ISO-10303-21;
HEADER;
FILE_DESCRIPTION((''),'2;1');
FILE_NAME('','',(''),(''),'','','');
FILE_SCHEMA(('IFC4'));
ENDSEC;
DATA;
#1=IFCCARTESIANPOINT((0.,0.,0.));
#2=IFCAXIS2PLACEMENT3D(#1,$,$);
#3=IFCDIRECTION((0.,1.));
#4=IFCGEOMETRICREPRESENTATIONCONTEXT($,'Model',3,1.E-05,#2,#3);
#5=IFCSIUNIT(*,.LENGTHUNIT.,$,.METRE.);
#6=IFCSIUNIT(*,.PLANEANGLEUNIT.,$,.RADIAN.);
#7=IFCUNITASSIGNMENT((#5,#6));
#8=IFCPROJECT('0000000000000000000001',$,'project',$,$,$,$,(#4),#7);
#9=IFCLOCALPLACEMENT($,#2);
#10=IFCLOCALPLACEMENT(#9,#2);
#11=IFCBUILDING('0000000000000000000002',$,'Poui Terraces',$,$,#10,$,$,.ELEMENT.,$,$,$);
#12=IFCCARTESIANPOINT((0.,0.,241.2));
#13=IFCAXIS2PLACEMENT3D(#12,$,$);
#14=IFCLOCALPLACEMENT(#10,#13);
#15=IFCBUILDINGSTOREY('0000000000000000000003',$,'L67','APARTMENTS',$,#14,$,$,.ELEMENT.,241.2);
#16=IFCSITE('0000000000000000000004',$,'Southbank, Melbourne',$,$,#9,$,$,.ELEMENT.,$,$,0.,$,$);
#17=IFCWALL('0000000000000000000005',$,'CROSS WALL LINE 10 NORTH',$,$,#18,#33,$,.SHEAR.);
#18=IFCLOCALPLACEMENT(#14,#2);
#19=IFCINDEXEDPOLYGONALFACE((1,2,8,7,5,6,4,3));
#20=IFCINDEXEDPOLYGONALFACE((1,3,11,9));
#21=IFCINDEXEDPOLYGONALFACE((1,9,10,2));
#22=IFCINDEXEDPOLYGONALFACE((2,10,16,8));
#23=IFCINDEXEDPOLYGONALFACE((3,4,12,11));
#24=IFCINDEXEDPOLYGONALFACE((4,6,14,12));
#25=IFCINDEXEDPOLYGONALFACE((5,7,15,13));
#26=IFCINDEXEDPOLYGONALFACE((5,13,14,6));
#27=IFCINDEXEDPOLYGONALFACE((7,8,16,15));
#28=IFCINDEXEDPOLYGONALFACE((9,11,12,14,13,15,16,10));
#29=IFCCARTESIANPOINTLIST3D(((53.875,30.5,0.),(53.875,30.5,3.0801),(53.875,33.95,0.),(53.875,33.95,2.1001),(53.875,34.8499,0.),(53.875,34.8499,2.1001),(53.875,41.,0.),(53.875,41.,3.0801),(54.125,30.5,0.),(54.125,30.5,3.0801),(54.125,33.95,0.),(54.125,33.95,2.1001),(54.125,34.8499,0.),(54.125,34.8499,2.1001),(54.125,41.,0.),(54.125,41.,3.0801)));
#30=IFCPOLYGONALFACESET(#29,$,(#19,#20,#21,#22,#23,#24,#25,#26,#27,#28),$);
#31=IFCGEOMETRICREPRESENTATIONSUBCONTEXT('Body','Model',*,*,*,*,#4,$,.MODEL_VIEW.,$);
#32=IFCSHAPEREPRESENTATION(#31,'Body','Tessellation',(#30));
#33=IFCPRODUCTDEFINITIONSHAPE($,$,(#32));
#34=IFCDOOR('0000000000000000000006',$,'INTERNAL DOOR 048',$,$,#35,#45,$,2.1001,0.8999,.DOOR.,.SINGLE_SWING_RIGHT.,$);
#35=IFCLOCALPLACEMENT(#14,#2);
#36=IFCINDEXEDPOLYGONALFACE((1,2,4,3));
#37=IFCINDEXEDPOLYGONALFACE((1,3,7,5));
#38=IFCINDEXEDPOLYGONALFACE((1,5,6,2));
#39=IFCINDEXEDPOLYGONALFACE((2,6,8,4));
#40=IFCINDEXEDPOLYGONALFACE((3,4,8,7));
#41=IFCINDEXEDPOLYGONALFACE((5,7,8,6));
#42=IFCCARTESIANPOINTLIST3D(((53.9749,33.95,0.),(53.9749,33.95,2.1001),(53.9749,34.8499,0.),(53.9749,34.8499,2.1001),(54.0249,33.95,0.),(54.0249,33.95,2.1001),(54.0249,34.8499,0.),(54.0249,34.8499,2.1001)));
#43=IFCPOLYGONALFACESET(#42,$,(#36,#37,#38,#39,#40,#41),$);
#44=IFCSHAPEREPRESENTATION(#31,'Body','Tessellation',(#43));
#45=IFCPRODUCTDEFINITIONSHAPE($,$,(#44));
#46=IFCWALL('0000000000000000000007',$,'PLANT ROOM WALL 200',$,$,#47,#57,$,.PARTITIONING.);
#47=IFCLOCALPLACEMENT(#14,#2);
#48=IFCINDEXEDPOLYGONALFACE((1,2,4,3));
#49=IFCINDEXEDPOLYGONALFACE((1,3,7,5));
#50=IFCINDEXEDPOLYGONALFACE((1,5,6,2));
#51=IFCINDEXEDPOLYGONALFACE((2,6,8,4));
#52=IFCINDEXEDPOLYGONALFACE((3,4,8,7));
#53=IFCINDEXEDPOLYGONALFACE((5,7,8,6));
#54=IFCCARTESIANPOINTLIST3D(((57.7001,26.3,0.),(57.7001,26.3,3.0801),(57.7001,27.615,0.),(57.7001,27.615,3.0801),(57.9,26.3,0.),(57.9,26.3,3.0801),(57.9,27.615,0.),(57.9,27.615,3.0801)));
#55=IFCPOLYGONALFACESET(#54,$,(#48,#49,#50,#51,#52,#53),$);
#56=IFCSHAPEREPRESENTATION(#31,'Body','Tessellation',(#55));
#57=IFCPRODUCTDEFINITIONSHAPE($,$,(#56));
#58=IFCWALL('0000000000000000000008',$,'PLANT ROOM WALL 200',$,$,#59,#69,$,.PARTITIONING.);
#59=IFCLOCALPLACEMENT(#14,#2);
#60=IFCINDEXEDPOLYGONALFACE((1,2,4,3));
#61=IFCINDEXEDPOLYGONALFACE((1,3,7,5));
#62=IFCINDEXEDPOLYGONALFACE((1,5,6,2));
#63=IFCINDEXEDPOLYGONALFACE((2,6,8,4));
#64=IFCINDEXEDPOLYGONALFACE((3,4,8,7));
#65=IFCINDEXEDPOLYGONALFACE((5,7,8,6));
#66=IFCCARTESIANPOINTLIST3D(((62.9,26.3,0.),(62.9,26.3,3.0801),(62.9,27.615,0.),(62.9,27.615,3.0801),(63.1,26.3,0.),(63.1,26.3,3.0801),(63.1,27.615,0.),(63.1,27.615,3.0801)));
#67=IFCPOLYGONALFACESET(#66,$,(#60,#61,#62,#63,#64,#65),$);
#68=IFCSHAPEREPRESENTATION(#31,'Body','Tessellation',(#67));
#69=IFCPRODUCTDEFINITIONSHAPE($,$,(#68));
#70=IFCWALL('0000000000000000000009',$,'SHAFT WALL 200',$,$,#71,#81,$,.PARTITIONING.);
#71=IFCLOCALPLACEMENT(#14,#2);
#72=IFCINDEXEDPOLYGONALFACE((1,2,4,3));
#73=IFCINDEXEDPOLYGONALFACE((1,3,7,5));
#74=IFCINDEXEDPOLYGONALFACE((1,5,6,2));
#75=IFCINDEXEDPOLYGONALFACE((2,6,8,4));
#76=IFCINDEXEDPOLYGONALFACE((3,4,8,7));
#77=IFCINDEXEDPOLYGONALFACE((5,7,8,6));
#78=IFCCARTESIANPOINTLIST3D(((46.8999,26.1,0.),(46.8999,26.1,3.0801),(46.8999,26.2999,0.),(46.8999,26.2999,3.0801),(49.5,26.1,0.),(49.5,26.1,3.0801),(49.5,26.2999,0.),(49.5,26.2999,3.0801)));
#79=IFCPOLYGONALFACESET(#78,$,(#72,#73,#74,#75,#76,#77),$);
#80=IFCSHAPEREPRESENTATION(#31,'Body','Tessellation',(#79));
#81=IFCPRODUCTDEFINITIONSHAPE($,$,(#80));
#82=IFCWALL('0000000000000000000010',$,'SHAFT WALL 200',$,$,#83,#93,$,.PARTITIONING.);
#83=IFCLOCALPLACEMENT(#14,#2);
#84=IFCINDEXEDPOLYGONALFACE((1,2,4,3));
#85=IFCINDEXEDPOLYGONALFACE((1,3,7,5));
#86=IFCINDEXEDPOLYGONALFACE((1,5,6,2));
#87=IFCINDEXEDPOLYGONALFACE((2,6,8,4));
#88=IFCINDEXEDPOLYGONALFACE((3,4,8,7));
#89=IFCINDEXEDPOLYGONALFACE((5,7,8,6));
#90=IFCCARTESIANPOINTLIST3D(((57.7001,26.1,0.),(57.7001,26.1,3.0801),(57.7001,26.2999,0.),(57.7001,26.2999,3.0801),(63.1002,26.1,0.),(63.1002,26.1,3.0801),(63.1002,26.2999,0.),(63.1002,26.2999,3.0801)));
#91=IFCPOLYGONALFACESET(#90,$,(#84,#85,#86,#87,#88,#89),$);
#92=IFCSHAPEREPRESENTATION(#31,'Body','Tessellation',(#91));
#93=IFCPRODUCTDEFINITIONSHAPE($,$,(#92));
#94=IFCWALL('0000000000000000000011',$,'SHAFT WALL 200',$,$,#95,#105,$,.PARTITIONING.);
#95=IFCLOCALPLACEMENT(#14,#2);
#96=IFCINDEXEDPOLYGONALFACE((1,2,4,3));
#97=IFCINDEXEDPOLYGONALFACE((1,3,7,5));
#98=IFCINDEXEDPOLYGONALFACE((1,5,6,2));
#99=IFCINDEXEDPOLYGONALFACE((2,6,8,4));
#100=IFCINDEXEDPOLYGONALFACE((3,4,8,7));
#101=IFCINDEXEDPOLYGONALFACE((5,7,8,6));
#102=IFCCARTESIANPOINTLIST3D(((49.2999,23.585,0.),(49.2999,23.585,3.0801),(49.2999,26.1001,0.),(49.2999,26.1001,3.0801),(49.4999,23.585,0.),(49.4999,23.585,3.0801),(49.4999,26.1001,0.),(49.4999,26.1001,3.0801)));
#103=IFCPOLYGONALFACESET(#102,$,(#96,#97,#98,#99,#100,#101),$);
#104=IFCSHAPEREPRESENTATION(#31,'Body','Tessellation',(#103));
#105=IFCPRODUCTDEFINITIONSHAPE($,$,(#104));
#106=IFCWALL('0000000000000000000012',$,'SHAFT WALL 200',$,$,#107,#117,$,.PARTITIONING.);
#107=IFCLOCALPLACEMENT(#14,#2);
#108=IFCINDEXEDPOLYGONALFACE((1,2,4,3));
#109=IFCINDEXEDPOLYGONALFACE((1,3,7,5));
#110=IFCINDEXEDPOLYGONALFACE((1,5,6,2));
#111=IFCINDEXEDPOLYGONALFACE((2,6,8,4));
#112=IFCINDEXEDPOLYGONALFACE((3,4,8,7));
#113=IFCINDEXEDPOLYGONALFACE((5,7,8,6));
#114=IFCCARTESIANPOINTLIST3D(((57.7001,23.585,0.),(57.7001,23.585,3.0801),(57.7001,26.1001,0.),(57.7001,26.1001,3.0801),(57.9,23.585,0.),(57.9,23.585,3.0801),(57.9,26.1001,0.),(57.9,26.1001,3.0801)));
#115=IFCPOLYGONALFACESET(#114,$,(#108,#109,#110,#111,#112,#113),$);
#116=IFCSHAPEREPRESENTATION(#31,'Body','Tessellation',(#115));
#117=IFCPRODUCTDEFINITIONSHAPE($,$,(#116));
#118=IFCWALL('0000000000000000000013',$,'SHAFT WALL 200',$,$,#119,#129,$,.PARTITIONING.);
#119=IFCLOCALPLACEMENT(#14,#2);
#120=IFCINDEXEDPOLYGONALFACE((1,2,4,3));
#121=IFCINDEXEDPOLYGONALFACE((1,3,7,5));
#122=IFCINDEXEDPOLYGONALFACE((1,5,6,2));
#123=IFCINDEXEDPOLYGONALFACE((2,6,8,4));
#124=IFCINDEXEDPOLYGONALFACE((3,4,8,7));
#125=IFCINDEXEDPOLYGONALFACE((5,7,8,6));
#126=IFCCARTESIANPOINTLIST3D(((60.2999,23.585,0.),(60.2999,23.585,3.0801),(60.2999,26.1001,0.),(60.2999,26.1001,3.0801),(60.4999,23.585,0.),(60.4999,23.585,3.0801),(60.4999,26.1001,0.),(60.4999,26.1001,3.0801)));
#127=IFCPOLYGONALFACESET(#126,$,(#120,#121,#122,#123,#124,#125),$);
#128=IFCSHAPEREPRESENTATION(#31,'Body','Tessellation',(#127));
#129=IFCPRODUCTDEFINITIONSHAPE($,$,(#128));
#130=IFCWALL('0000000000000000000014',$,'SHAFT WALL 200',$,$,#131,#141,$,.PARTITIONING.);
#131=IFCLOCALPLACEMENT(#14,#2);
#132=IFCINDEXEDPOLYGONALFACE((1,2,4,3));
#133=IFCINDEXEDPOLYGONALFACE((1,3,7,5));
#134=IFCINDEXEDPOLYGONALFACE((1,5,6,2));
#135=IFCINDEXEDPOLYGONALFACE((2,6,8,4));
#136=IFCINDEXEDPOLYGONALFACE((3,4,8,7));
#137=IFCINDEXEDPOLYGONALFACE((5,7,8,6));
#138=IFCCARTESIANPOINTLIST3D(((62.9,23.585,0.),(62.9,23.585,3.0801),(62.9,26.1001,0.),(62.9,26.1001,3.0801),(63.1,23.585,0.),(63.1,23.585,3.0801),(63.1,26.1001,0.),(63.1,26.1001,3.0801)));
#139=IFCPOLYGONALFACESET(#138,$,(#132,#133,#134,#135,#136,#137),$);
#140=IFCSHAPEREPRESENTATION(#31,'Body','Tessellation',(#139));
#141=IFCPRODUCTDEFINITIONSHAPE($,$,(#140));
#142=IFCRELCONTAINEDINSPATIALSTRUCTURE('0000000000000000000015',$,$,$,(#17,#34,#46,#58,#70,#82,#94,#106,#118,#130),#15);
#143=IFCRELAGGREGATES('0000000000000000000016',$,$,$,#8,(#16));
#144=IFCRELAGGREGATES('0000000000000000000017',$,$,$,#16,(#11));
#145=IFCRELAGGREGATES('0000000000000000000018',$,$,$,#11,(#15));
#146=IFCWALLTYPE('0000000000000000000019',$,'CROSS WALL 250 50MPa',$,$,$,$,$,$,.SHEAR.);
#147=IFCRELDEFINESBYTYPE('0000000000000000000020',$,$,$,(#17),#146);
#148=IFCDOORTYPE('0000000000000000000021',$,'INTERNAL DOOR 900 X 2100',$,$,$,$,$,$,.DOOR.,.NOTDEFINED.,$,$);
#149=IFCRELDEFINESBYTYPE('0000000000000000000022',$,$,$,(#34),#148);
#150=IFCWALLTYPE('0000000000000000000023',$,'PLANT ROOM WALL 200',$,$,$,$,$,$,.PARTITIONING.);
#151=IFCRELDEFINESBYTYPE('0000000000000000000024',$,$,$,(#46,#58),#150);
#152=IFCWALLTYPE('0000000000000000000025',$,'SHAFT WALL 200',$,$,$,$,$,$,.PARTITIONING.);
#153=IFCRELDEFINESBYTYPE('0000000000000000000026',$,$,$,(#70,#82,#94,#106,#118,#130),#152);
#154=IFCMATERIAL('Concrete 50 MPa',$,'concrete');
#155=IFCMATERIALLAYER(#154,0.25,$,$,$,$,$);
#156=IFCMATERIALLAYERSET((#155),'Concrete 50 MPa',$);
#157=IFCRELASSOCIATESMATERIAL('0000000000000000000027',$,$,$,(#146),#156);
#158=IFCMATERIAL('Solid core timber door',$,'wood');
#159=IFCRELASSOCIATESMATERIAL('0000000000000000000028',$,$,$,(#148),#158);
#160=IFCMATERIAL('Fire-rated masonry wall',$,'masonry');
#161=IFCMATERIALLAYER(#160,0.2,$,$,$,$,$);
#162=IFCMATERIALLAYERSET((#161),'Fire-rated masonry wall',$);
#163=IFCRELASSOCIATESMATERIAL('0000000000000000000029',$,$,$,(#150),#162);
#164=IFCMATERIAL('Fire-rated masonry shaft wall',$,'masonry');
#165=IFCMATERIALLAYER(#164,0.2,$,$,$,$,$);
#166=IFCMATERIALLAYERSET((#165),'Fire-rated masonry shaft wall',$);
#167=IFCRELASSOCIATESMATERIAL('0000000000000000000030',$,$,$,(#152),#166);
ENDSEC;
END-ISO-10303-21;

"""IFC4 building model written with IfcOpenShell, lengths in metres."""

from ifc_helpers import new_model, si_unit, direction, frame, frame_2d, origin, place, context, subcontext, project, spatial, rectangle, extrude, material, layer, layer_set, type_object, element, fill, save


model = new_model("IFC4")

# Units and contexts
model_context = context("Model", 3, precision=1e-05, world=origin(), true_north=direction((0.0, 1.0)))
body_context = subcontext(model_context, "Body", "Model", "MODEL_VIEW")
ifc_project = project(units=[si_unit("LENGTHUNIT", "METRE"), si_unit("PLANEANGLEUNIT", "RADIAN")], contexts=[model_context])

# Site, building, storey
site_placement = place(None, origin())
site = spatial("IfcSite", under=ifc_project, at=site_placement, Name="Southbank, Melbourne", CompositionType="ELEMENT", RefElevation=0.0)
building_placement = place(site_placement, origin())
building = spatial("IfcBuilding", under=site, at=building_placement, Name="Poui Terraces", CompositionType="ELEMENT")
storey_placement = place(building_placement, frame((0.0, 0.0, 241.2)))
storey = spatial("IfcBuildingStorey", under=building, at=storey_placement, Name="L67", Description="APARTMENTS", CompositionType="ELEMENT", Elevation=241.2)

# Shared definitions
ifc_material_1 = material(Name="Concrete 50 MPa", Category="concrete")

# Wall, opening, door
ifc_layer_1 = layer(ifc_material_1, 0.25)
ifc_layer_set_1 = layer_set([ifc_layer_1], Name="Concrete 50 MPa")
wall_type_1 = type_object("IfcWallType", Name="CROSS WALL 250 50MPa", PredefinedType="SHEAR", material=ifc_layer_set_1)
ifc_material_2 = material(Name="Solid core timber door", Category="wood")
door_type_1 = type_object("IfcDoorType", Name="INTERNAL DOOR 900 X 2100", OperationType="NOTDEFINED", PredefinedType="DOOR", material=ifc_material_2)
wall_1_placement = place(storey_placement, frame((54.0, 30.5, 0.0), z_axis=(0.0, 0.0, 1.0), x_axis=(0.0, 1.0, 0.0)))
wall_1 = element("IfcWall", 1, at=wall_1_placement, inside=storey, type_object=wall_type_1, Name="CROSS WALL LINE 10 NORTH", PredefinedType="SHEAR", context=body_context, shape_type="SweptSolid", body=[
    extrude(rectangle(XDim=10.5, YDim=0.25, at=frame_2d((5.25, 0.0))), origin(), (0.0, 0.0, 1.0), 3.0801),
])
opening_1_placement = place(wall_1_placement, frame((3.45, 0.0, 0.0)))
opening_1 = element("IfcOpeningElement", 2, at=opening_1_placement, cuts=wall_1, PredefinedType="OPENING", context=body_context, shape_type="SweptSolid", body=[
    extrude(rectangle(XDim=0.8999, YDim=2.1001, at=frame_2d((0.45, 1.05))), frame((0.0, 0.135, 0.0), z_axis=(0.0, -1.0, 0.0), x_axis=(1.0, 0.0, 0.0)), (0.0, 0.0, 1.0), 0.27),
])
door_1_placement = place(opening_1_placement, frame((0.8999, 0.0, 0.0), z_axis=(0.0, 0.0, 1.0), x_axis=(-1.0, 0.0, 0.0)))
door_1 = element("IfcDoor", 3, at=door_1_placement, inside=storey, type_object=door_type_1, Name="INTERNAL DOOR 048", OperationType="SINGLE_SWING_RIGHT", OverallHeight=2.1001, OverallWidth=0.8999, PredefinedType="DOOR", context=body_context, shape_type="SweptSolid", body=[
    extrude(rectangle(XDim=0.8999, YDim=2.1001, at=frame_2d((0.45, 1.05))), frame((0.0, 0.0249, 0.0), z_axis=(0.0, -1.0, 0.0), x_axis=(1.0, 0.0, 0.0)), (0.0, 0.0, 1.0), 0.05),
])
fill(opening_1, door_1)

# Walls
ifc_material_3 = material(Name="Fire-rated masonry wall", Category="masonry")
ifc_layer_2 = layer(ifc_material_3, 0.2)
ifc_layer_set_2 = layer_set([ifc_layer_2], Name="Fire-rated masonry wall")
wall_type_2 = type_object("IfcWallType", Name="PLANT ROOM WALL 200", PredefinedType="PARTITIONING", material=ifc_layer_set_2)
for number, where, z_axis, x_axis, name in (
    (4, (57.8, 26.3, 0.0), (0.0, 0.0, 1.0), (0.0, 1.0, 0.0), "PLANT ROOM WALL 200"),
    (5, (63.0, 26.3, 0.0), (0.0, 0.0, 1.0), (0.0, 1.0, 0.0), "PLANT ROOM WALL 200"),
):
    element("IfcWall", number, at=place(storey_placement, frame(where, z_axis=z_axis, x_axis=x_axis)), inside=storey, type_object=wall_type_2, Name=name, PredefinedType="PARTITIONING", context=body_context, shape_type="SweptSolid", body=[
        extrude(rectangle(XDim=1.3149, YDim=0.2, at=frame_2d((0.6575, 0.0))), origin(), (0.0, 0.0, 1.0), 3.0801),
    ])
ifc_material_4 = material(Name="Fire-rated masonry shaft wall", Category="masonry")
ifc_layer_3 = layer(ifc_material_4, 0.2)
ifc_layer_set_3 = layer_set([ifc_layer_3], Name="Fire-rated masonry shaft wall")
wall_type_3 = type_object("IfcWallType", Name="SHAFT WALL 200", PredefinedType="PARTITIONING", material=ifc_layer_set_3)
wall_2_placement = place(storey_placement, frame((46.8999, 26.2, 0.0), z_axis=(0.0, 0.0, 1.0), x_axis=(1.0, 0.0, 0.0)))
element("IfcWall", 6, at=wall_2_placement, inside=storey, type_object=wall_type_3, Name="SHAFT WALL 200", PredefinedType="PARTITIONING", context=body_context, shape_type="SweptSolid", body=[
    extrude(rectangle(XDim=2.6001, YDim=0.2, at=frame_2d((1.3, 0.0))), origin(), (0.0, 0.0, 1.0), 3.0801),
])
wall_3_placement = place(storey_placement, frame((57.7, 26.2, 0.0), z_axis=(0.0, 0.0, 1.0), x_axis=(1.0, 0.0, 0.0)))
element("IfcWall", 7, at=wall_3_placement, inside=storey, type_object=wall_type_3, Name="SHAFT WALL 200", PredefinedType="PARTITIONING", context=body_context, shape_type="SweptSolid", body=[
    extrude(rectangle(XDim=5.4001, YDim=0.2, at=frame_2d((2.7002, 0.0))), origin(), (0.0, 0.0, 1.0), 3.0801),
])
for number, where, z_axis, x_axis, name in (
    (8, (49.3999, 23.585, 0.0), (0.0, 0.0, 1.0), (0.0, 1.0, 0.0), "SHAFT WALL 200"),
    (9, (57.8, 23.585, 0.0), (0.0, 0.0, 1.0), (0.0, 1.0, 0.0), "SHAFT WALL 200"),
    (10, (60.3999, 23.585, 0.0), (0.0, 0.0, 1.0), (0.0, 1.0, 0.0), "SHAFT WALL 200"),
    (11, (63.0, 23.585, 0.0), (0.0, 0.0, 1.0), (0.0, 1.0, 0.0), "SHAFT WALL 200"),
):
    element("IfcWall", number, at=place(storey_placement, frame(where, z_axis=z_axis, x_axis=x_axis)), inside=storey, type_object=wall_type_3, Name=name, PredefinedType="PARTITIONING", context=body_context, shape_type="SweptSolid", body=[
        extrude(rectangle(XDim=2.5151, YDim=0.2, at=frame_2d((1.2576, 0.0))), origin(), (0.0, 0.0, 1.0), 3.0801),
    ])

save(model, "model.ifc")
